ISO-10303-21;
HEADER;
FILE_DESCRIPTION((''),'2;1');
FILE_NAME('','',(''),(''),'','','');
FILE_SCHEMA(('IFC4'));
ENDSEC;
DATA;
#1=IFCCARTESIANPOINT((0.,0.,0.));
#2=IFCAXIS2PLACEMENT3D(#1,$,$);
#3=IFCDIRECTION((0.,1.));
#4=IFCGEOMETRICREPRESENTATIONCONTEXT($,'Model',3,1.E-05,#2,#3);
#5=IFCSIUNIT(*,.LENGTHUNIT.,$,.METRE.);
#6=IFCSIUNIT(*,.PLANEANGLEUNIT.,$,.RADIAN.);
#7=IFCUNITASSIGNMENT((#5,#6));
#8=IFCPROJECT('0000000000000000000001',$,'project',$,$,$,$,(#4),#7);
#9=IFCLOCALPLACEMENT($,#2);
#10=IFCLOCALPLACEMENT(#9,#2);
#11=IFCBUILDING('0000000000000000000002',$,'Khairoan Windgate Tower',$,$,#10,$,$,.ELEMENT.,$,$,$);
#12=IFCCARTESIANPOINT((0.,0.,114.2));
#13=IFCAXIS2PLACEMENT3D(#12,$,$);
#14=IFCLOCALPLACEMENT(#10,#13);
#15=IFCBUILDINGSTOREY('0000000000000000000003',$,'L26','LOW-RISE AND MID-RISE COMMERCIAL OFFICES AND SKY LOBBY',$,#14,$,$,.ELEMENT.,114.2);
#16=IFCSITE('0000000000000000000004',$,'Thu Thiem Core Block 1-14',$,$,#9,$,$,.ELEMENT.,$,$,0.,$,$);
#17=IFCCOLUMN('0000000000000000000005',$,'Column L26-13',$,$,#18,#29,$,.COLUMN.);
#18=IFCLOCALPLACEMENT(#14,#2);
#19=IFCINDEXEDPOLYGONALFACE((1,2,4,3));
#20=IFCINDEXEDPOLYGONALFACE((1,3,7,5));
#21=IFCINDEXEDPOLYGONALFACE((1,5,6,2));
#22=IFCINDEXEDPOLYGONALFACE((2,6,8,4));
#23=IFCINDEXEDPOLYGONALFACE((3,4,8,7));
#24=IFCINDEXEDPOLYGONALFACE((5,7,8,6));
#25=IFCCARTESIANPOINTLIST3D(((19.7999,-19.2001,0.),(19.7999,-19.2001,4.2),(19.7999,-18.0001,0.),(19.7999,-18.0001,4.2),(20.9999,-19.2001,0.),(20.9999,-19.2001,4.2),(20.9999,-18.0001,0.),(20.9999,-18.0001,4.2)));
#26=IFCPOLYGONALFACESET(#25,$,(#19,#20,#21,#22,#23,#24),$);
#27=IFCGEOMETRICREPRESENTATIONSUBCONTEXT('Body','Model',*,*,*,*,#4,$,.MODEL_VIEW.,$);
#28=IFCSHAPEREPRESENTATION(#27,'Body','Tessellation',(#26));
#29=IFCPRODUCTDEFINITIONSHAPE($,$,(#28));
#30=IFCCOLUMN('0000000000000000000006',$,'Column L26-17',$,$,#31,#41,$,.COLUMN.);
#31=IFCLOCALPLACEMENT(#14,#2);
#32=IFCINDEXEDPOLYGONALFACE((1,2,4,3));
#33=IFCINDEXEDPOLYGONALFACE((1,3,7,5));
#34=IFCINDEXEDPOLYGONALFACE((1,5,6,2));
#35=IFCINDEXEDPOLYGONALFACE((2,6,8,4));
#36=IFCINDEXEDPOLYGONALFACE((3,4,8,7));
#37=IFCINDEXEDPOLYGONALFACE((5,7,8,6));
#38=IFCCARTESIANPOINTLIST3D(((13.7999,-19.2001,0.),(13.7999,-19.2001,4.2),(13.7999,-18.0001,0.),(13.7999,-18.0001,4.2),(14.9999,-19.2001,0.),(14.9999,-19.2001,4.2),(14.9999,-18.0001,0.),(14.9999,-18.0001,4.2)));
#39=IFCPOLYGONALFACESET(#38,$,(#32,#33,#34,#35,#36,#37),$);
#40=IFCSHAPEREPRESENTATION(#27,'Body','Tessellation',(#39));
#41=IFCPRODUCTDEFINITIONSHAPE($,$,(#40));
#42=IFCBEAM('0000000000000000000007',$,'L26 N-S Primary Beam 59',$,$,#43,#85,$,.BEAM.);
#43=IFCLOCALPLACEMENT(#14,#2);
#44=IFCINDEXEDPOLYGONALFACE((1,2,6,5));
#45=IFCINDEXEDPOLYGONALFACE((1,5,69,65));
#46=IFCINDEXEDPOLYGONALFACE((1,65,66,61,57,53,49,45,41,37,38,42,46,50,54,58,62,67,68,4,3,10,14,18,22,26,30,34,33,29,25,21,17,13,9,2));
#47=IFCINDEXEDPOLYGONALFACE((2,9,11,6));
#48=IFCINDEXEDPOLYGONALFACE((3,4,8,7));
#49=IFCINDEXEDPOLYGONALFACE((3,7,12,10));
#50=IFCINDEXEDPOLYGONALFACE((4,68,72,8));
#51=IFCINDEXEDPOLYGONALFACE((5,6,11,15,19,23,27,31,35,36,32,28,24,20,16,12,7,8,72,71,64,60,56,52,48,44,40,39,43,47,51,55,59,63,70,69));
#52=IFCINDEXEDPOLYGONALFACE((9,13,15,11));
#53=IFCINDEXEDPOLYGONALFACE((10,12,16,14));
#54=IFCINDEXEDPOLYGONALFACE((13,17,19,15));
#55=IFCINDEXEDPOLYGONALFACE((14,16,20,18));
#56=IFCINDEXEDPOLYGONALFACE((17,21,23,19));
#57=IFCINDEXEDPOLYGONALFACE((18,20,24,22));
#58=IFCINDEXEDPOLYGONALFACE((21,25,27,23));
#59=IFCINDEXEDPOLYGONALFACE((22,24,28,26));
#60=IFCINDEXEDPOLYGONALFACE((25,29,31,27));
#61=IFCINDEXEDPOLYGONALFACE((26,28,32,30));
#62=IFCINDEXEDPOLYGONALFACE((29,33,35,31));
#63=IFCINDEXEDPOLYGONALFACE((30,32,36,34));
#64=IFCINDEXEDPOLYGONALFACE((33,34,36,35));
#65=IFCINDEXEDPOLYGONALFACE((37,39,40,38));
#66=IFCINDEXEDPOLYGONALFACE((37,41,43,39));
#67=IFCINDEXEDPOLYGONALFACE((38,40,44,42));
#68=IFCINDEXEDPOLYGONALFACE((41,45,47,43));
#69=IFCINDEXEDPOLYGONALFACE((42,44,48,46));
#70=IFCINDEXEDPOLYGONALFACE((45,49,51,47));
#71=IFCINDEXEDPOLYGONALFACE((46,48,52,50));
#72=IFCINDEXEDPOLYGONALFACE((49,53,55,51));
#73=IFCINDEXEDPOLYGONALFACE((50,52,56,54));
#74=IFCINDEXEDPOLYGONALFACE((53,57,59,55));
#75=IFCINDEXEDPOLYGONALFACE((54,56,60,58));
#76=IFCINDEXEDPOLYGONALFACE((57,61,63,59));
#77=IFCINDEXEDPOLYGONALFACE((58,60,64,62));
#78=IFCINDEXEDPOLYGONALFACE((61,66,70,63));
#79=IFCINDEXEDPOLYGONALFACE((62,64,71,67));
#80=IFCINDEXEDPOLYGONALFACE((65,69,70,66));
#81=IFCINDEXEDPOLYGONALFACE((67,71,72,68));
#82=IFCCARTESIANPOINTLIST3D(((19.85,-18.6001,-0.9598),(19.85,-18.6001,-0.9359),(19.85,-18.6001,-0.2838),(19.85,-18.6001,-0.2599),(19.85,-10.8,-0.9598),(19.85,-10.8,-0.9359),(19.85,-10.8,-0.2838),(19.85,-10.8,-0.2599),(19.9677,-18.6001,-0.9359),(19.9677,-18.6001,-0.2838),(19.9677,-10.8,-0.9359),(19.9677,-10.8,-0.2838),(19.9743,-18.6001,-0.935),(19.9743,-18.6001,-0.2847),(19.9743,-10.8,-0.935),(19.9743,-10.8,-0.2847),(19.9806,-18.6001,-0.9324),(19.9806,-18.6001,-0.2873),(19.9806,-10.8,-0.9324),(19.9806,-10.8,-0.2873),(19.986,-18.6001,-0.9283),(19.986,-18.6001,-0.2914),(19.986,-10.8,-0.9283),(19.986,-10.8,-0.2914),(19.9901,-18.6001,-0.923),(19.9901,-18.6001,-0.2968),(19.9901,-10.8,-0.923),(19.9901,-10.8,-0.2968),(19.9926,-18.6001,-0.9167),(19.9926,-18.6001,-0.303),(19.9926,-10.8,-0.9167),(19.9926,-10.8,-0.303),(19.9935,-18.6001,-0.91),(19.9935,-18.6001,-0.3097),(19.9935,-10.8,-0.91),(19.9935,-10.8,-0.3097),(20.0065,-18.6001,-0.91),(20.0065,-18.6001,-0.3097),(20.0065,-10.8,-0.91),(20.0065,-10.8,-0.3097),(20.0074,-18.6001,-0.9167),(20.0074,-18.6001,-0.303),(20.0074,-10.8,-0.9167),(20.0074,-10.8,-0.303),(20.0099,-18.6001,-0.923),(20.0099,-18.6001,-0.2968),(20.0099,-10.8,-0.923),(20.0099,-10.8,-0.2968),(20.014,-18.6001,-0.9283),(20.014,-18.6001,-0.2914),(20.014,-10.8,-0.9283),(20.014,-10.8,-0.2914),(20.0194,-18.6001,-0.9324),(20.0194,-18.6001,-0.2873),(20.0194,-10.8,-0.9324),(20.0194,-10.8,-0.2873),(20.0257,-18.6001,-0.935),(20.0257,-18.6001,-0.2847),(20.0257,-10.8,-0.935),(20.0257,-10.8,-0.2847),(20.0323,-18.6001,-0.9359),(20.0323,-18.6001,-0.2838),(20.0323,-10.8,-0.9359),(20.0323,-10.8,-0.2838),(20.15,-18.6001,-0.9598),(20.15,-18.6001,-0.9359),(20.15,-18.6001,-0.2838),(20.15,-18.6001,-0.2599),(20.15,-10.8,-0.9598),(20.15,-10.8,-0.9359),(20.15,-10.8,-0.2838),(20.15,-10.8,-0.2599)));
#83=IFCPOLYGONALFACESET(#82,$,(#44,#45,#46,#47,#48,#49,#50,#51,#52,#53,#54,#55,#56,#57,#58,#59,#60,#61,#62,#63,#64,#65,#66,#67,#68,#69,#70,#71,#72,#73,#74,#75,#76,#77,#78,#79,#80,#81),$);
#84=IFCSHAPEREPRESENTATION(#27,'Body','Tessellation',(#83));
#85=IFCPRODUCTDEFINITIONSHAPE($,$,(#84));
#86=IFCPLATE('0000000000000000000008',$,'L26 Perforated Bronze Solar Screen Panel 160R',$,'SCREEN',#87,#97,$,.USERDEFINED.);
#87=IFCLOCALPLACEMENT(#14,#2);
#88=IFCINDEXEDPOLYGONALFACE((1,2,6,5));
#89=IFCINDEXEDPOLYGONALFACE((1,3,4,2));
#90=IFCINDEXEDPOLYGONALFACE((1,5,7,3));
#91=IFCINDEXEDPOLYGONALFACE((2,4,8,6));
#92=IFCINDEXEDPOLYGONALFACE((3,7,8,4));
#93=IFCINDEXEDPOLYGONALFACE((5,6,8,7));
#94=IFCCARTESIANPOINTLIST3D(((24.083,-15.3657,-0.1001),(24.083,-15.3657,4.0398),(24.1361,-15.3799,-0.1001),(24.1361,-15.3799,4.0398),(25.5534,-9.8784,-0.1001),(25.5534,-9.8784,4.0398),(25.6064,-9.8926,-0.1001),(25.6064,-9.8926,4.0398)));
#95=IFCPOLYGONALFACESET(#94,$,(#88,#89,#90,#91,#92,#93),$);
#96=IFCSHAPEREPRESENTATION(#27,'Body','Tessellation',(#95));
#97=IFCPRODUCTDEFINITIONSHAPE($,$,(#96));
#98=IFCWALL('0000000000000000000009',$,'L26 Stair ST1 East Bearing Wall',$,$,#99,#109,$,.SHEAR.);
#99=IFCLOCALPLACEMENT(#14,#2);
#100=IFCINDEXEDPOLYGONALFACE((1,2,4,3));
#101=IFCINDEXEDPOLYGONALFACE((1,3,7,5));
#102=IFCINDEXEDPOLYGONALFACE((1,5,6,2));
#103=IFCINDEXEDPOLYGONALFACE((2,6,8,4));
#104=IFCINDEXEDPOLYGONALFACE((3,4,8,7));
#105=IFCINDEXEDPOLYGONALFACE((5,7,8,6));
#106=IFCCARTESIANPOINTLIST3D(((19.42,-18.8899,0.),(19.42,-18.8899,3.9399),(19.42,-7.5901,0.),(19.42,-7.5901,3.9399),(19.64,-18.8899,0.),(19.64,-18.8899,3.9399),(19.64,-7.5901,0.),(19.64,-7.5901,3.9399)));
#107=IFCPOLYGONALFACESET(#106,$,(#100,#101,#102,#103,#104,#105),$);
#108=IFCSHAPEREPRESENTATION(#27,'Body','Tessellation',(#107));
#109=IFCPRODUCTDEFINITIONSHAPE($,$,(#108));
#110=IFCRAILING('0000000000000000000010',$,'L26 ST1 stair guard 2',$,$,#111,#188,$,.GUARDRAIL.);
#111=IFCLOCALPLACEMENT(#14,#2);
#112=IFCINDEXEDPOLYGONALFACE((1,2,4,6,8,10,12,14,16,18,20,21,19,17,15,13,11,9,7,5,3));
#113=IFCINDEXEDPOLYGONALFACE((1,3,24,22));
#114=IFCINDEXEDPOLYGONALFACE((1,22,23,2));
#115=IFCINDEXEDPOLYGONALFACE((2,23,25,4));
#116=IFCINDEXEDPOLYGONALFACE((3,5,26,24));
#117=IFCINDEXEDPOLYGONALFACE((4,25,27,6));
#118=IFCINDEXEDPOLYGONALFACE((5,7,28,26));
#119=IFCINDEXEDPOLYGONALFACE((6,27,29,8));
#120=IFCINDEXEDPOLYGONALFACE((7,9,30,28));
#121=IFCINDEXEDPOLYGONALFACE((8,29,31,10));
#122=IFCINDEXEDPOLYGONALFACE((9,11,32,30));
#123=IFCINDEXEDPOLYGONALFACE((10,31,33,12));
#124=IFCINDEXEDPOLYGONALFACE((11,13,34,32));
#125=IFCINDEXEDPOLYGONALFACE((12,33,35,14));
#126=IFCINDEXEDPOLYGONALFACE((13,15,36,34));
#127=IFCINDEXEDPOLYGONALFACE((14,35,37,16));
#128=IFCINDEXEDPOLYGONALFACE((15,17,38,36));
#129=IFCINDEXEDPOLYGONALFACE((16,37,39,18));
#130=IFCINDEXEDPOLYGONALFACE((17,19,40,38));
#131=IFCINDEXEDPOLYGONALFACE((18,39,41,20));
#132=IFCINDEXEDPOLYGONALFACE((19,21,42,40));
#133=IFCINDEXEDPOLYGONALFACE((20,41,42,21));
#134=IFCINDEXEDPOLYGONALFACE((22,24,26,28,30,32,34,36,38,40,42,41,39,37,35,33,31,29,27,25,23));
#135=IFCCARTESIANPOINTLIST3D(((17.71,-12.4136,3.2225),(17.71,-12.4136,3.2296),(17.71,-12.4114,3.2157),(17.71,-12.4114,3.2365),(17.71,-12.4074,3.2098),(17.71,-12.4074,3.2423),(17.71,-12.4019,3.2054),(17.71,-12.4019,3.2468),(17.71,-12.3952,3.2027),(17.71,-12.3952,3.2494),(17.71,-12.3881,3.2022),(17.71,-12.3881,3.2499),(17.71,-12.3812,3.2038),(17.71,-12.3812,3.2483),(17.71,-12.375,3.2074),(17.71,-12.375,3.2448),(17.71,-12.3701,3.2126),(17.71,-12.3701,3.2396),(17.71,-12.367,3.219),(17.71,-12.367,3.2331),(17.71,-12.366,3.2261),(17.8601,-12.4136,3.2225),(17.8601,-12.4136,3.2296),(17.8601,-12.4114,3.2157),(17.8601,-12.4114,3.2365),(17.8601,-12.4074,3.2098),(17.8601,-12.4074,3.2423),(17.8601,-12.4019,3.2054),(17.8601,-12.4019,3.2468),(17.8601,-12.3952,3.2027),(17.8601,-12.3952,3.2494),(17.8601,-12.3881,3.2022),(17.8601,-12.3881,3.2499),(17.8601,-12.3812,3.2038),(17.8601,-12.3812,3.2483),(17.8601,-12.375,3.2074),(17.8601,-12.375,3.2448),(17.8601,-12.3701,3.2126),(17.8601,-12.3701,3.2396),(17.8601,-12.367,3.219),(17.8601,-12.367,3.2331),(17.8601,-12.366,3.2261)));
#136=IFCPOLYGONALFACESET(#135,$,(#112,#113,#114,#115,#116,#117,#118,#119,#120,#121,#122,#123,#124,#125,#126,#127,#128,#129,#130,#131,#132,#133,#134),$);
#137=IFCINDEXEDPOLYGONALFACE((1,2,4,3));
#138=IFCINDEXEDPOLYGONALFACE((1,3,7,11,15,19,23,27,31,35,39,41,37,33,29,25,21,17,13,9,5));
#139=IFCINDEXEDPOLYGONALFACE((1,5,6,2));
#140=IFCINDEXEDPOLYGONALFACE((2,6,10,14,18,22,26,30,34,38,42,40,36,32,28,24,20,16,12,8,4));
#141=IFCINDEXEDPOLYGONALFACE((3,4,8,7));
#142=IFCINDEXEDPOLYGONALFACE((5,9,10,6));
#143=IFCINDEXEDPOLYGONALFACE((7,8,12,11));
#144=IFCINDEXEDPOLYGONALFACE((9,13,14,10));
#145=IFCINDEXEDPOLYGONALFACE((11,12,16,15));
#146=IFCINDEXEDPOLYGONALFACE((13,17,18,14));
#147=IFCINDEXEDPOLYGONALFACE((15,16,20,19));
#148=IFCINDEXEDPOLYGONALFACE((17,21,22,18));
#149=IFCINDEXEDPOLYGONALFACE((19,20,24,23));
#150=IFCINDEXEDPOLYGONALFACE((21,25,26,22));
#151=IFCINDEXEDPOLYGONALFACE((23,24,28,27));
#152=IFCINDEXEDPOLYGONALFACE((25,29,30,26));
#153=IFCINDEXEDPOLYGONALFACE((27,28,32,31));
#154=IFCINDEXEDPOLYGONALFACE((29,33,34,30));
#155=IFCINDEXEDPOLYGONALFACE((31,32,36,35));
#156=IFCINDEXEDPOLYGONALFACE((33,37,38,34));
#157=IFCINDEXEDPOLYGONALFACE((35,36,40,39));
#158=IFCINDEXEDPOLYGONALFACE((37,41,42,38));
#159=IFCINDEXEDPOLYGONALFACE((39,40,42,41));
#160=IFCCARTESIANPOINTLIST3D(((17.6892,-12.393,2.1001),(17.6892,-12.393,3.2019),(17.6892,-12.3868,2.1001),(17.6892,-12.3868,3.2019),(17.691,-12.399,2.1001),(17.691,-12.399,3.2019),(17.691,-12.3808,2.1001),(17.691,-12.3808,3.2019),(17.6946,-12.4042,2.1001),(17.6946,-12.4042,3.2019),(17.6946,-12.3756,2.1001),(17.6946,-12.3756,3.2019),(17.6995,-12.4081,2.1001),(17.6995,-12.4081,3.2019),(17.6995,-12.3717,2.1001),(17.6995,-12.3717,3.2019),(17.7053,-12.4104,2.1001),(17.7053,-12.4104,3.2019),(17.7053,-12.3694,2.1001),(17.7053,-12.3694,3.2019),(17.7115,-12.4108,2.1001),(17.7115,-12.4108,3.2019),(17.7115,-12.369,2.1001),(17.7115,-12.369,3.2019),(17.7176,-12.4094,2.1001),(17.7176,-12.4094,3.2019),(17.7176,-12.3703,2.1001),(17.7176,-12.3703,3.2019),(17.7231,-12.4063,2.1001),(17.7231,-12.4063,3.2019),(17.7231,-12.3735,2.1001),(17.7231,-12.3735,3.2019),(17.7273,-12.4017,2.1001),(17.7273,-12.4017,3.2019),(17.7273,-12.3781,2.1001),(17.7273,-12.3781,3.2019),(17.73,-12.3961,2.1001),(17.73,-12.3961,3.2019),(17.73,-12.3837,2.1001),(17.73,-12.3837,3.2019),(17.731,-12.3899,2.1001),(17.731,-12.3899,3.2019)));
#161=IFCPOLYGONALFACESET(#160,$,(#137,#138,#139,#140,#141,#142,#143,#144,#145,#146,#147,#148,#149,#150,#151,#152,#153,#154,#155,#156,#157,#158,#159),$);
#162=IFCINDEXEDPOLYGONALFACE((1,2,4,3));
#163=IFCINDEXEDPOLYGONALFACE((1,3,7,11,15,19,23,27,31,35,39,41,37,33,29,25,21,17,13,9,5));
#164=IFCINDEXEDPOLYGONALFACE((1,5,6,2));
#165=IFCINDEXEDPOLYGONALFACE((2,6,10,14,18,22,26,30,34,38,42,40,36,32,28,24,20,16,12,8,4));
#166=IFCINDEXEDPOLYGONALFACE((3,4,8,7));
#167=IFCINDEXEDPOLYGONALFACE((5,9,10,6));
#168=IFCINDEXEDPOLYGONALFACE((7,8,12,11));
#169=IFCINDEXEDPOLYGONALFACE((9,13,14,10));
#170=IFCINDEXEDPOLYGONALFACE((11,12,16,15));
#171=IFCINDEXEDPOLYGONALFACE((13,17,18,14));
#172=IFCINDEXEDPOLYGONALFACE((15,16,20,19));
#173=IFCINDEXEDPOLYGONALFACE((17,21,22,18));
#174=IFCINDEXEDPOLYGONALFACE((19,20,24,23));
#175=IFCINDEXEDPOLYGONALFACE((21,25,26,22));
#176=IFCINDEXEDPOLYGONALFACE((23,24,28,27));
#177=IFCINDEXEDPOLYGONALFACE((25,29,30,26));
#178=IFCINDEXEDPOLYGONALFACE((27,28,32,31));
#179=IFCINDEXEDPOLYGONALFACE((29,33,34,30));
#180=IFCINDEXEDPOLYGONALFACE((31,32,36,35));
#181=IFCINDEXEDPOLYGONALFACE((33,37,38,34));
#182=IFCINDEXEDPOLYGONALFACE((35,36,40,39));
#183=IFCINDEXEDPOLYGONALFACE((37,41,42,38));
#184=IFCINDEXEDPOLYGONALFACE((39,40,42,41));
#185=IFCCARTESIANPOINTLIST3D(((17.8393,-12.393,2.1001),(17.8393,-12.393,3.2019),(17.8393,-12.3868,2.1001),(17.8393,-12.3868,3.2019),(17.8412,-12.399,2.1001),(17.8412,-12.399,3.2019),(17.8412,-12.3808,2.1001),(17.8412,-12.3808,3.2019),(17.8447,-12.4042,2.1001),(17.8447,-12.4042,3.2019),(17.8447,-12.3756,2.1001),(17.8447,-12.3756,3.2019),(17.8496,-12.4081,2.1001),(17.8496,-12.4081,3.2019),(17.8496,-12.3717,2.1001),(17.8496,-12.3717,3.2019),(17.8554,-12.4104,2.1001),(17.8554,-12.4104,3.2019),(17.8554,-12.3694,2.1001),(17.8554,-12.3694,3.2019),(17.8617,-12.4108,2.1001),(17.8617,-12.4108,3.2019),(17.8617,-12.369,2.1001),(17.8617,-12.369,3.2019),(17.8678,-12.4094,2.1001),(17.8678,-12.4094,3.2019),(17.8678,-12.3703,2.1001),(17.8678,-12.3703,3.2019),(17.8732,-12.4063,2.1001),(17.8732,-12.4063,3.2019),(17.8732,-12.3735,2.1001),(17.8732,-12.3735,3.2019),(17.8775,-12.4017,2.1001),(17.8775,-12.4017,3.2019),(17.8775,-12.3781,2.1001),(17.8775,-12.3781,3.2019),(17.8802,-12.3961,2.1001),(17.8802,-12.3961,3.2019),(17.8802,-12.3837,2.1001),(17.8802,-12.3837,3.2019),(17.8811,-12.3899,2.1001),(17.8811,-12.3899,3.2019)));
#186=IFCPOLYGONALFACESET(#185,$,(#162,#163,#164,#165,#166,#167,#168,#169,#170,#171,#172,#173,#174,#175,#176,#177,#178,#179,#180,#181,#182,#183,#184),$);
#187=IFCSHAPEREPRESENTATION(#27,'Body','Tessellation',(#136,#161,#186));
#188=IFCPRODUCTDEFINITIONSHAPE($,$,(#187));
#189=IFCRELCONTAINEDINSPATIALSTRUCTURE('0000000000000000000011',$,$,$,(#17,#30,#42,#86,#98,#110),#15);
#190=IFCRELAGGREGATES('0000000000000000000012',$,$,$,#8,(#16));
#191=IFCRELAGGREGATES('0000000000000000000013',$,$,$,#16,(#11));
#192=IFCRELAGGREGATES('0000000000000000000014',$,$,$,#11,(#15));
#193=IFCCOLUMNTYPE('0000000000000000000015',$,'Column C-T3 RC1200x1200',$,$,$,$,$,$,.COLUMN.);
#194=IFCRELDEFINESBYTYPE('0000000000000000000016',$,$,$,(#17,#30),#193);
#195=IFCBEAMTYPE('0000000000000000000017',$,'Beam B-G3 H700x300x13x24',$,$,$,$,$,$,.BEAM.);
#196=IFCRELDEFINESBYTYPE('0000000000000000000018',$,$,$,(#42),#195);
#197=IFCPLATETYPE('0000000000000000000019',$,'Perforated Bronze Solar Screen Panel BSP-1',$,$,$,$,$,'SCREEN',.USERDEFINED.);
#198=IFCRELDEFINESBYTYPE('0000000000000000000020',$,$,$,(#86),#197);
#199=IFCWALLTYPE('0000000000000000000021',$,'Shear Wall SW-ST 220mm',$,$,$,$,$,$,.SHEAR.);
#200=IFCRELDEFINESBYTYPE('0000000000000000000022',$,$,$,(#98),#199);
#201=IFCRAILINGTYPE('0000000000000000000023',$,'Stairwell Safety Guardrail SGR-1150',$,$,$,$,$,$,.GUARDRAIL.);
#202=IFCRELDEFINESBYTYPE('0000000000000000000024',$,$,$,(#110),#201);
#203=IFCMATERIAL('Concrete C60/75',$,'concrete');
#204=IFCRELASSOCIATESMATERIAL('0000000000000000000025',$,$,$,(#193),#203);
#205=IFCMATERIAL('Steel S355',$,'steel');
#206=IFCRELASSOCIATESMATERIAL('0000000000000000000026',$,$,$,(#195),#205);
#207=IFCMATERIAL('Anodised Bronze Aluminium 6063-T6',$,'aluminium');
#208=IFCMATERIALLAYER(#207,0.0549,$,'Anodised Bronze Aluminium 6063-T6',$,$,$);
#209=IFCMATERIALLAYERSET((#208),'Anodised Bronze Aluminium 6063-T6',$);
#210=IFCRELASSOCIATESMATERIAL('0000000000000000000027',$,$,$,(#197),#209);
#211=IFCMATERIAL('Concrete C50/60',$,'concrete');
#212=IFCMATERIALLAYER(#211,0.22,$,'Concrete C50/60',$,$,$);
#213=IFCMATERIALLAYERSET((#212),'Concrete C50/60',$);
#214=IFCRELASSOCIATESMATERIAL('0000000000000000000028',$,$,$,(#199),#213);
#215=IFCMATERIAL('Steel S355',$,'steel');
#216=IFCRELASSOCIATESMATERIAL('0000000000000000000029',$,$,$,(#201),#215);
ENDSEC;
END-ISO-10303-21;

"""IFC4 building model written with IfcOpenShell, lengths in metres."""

from ifc_helpers import new_model, si_unit, direction, frame, frame_2d, origin, origin_2d, place, context, subcontext, project, spatial, rectangle, circle, i_section, extrude, material, layer, layer_set, material_profile, profile_set, type_object, element, save


model = new_model("IFC4")

# Units and contexts
model_context = context("Model", 3, precision=1e-05, world=origin(), true_north=direction((0.0, 1.0)))
body_context = subcontext(model_context, "Body", "Model", "MODEL_VIEW")
ifc_project = project(units=[si_unit("LENGTHUNIT", "METRE"), si_unit("PLANEANGLEUNIT", "RADIAN")], contexts=[model_context])

# Site, building, storey
site_placement = place(None, origin())
site = spatial("IfcSite", under=ifc_project, at=site_placement, Name="Thu Thiem Core Block 1-14", CompositionType="ELEMENT", RefElevation=0.0)
building_placement = place(site_placement, origin())
building = spatial("IfcBuilding", under=site, at=building_placement, Name="Khairoan Windgate Tower", CompositionType="ELEMENT")
storey_placement = place(building_placement, frame((0.0, 0.0, 114.2)))
storey = spatial("IfcBuildingStorey", under=building, at=storey_placement, Name="L26", Description="LOW-RISE AND MID-RISE COMMERCIAL OFFICES AND SKY LOBBY", CompositionType="ELEMENT", Elevation=114.2)

# Columns
ifc_material_1 = material(Name="Concrete C60/75", Category="concrete")
ifc_material_profile_1 = material_profile(ifc_material_1, rectangle(XDim=1.2, YDim=1.2, at=origin_2d()))
ifc_profile_set_1 = profile_set([ifc_material_profile_1], Name="Concrete C60/75")
column_type = type_object("IfcColumnType", Name="Column C-T3 RC1200x1200", PredefinedType="COLUMN", material=ifc_profile_set_1)
for number, where, z_axis, x_axis, name in (
    (1, (20.3999, -18.6001, 0.0), (0.0, 0.0, 1.0), (1.0, 0.0, 0.0), "Column L26-13"),
    (2, (14.3999, -18.6001, 0.0), (0.0, 0.0, 1.0), (1.0, 0.0, 0.0), "Column L26-17"),
):
    element("IfcColumn", number, at=place(storey_placement, frame(where, z_axis=z_axis, x_axis=x_axis)), inside=storey, type_object=column_type, Name=name, PredefinedType="COLUMN", context=body_context, shape_type="SweptSolid", body=[
        extrude(rectangle(XDim=1.2, YDim=1.2, at=origin_2d()), origin(), (0.0, 0.0, 1.0), 4.2),
    ])

# Beam
ifc_material_2 = material(Name="Steel S355", Category="steel")
ifc_material_profile_2 = material_profile(ifc_material_2, i_section(OverallWidth=0.3, OverallDepth=0.7, WebThickness=0.0129, FlangeThickness=0.0239, FilletRadius=0.0259, at=origin_2d()))
ifc_profile_set_2 = profile_set([ifc_material_profile_2], Name="Steel S355")
beam_type = type_object("IfcBeamType", Name="Beam B-G3 H700x300x13x24", PredefinedType="BEAM", material=ifc_profile_set_2)
beam_placement = place(storey_placement, frame((20.0, -18.6001, -0.6099), z_axis=(0.0, 1.0, 0.0), x_axis=(-1.0, 0.0, 0.0)))
element("IfcBeam", 3, at=beam_placement, inside=storey, type_object=beam_type, Name="L26 N-S Primary Beam 59", PredefinedType="BEAM", context=body_context, shape_type="SweptSolid", body=[
    extrude(i_section(OverallWidth=0.3, OverallDepth=0.7, WebThickness=0.0129, FlangeThickness=0.0239, FilletRadius=0.0259, at=origin_2d()), origin(), (0.0, 0.0, 1.0), 7.8),
])

# Plate
ifc_material_3 = material(Name="Anodised Bronze Aluminium 6063-T6", Category="aluminium")
ifc_layer_1 = layer(ifc_material_3, 0.0549, Name="Anodised Bronze Aluminium 6063-T6")
ifc_layer_set_1 = layer_set([ifc_layer_1], Name="Anodised Bronze Aluminium 6063-T6")
plate_type = type_object("IfcPlateType", Name="Perforated Bronze Solar Screen Panel BSP-1", ElementType="SCREEN", PredefinedType="USERDEFINED", material=ifc_layer_set_1)
plate_placement = place(storey_placement, frame((24.8447, -12.6292, -0.1001), z_axis=(0.0, 0.0, 1.0), x_axis=(-0.258819, -0.965926, 0.0)))
element("IfcPlate", 4, at=plate_placement, inside=storey, type_object=plate_type, Name="L26 Perforated Bronze Solar Screen Panel 160R", ObjectType="SCREEN", PredefinedType="USERDEFINED", context=body_context, shape_type="SweptSolid", body=[
    extrude(rectangle(XDim=5.6809, YDim=0.0549, at=origin_2d()), origin(), (0.0, 0.0, 1.0), 4.1399),
])

# Wall
ifc_material_4 = material(Name="Concrete C50/60", Category="concrete")
ifc_layer_2 = layer(ifc_material_4, 0.22, Name="Concrete C50/60")
ifc_layer_set_2 = layer_set([ifc_layer_2], Name="Concrete C50/60")
wall_type = type_object("IfcWallType", Name="Shear Wall SW-ST 220mm", PredefinedType="SHEAR", material=ifc_layer_set_2)
wall_placement = place(storey_placement, frame((19.53, -18.8899, 0.0), z_axis=(0.0, 0.0, 1.0), x_axis=(0.0, 1.0, 0.0)))
element("IfcWall", 5, at=wall_placement, inside=storey, type_object=wall_type, Name="L26 Stair ST1 East Bearing Wall", PredefinedType="SHEAR", context=body_context, shape_type="SweptSolid", body=[
    extrude(rectangle(XDim=11.2998, YDim=0.22, at=frame_2d((5.6499, 0.0))), origin(), (0.0, 0.0, 1.0), 3.9399),
])

# Railing
ifc_material_5 = material(Name="Steel S355", Category="steel")
railing_type = type_object("IfcRailingType", Name="Stairwell Safety Guardrail SGR-1150", PredefinedType="GUARDRAIL", material=ifc_material_5)
railing_1_placement = place(storey_placement, frame((17.71, -12.3899, 2.1001)))
element("IfcRailing", 6, at=railing_1_placement, inside=storey, type_object=railing_type, Name="L26 ST1 stair guard 2", PredefinedType="GUARDRAIL", context=body_context, shape_type="SweptSolid", body=[
    extrude(circle(Radius=0.0239, at=origin_2d()), frame((0.0, 0.0, 1.126), z_axis=(1.0, 0.0, 0.0), x_axis=(0.0, 1.0, 0.0)), (0.0, 0.0, 1.0), 0.1501),
    extrude(circle(Radius=0.021, at=origin_2d()), origin(), (0.0, 0.0, 1.0), 1.1018),
    extrude(circle(Radius=0.021, at=origin_2d()), frame((0.1501, 0.0, 0.0)), (0.0, 0.0, 1.0), 1.1018),
])

save(model, "model.ifc")
